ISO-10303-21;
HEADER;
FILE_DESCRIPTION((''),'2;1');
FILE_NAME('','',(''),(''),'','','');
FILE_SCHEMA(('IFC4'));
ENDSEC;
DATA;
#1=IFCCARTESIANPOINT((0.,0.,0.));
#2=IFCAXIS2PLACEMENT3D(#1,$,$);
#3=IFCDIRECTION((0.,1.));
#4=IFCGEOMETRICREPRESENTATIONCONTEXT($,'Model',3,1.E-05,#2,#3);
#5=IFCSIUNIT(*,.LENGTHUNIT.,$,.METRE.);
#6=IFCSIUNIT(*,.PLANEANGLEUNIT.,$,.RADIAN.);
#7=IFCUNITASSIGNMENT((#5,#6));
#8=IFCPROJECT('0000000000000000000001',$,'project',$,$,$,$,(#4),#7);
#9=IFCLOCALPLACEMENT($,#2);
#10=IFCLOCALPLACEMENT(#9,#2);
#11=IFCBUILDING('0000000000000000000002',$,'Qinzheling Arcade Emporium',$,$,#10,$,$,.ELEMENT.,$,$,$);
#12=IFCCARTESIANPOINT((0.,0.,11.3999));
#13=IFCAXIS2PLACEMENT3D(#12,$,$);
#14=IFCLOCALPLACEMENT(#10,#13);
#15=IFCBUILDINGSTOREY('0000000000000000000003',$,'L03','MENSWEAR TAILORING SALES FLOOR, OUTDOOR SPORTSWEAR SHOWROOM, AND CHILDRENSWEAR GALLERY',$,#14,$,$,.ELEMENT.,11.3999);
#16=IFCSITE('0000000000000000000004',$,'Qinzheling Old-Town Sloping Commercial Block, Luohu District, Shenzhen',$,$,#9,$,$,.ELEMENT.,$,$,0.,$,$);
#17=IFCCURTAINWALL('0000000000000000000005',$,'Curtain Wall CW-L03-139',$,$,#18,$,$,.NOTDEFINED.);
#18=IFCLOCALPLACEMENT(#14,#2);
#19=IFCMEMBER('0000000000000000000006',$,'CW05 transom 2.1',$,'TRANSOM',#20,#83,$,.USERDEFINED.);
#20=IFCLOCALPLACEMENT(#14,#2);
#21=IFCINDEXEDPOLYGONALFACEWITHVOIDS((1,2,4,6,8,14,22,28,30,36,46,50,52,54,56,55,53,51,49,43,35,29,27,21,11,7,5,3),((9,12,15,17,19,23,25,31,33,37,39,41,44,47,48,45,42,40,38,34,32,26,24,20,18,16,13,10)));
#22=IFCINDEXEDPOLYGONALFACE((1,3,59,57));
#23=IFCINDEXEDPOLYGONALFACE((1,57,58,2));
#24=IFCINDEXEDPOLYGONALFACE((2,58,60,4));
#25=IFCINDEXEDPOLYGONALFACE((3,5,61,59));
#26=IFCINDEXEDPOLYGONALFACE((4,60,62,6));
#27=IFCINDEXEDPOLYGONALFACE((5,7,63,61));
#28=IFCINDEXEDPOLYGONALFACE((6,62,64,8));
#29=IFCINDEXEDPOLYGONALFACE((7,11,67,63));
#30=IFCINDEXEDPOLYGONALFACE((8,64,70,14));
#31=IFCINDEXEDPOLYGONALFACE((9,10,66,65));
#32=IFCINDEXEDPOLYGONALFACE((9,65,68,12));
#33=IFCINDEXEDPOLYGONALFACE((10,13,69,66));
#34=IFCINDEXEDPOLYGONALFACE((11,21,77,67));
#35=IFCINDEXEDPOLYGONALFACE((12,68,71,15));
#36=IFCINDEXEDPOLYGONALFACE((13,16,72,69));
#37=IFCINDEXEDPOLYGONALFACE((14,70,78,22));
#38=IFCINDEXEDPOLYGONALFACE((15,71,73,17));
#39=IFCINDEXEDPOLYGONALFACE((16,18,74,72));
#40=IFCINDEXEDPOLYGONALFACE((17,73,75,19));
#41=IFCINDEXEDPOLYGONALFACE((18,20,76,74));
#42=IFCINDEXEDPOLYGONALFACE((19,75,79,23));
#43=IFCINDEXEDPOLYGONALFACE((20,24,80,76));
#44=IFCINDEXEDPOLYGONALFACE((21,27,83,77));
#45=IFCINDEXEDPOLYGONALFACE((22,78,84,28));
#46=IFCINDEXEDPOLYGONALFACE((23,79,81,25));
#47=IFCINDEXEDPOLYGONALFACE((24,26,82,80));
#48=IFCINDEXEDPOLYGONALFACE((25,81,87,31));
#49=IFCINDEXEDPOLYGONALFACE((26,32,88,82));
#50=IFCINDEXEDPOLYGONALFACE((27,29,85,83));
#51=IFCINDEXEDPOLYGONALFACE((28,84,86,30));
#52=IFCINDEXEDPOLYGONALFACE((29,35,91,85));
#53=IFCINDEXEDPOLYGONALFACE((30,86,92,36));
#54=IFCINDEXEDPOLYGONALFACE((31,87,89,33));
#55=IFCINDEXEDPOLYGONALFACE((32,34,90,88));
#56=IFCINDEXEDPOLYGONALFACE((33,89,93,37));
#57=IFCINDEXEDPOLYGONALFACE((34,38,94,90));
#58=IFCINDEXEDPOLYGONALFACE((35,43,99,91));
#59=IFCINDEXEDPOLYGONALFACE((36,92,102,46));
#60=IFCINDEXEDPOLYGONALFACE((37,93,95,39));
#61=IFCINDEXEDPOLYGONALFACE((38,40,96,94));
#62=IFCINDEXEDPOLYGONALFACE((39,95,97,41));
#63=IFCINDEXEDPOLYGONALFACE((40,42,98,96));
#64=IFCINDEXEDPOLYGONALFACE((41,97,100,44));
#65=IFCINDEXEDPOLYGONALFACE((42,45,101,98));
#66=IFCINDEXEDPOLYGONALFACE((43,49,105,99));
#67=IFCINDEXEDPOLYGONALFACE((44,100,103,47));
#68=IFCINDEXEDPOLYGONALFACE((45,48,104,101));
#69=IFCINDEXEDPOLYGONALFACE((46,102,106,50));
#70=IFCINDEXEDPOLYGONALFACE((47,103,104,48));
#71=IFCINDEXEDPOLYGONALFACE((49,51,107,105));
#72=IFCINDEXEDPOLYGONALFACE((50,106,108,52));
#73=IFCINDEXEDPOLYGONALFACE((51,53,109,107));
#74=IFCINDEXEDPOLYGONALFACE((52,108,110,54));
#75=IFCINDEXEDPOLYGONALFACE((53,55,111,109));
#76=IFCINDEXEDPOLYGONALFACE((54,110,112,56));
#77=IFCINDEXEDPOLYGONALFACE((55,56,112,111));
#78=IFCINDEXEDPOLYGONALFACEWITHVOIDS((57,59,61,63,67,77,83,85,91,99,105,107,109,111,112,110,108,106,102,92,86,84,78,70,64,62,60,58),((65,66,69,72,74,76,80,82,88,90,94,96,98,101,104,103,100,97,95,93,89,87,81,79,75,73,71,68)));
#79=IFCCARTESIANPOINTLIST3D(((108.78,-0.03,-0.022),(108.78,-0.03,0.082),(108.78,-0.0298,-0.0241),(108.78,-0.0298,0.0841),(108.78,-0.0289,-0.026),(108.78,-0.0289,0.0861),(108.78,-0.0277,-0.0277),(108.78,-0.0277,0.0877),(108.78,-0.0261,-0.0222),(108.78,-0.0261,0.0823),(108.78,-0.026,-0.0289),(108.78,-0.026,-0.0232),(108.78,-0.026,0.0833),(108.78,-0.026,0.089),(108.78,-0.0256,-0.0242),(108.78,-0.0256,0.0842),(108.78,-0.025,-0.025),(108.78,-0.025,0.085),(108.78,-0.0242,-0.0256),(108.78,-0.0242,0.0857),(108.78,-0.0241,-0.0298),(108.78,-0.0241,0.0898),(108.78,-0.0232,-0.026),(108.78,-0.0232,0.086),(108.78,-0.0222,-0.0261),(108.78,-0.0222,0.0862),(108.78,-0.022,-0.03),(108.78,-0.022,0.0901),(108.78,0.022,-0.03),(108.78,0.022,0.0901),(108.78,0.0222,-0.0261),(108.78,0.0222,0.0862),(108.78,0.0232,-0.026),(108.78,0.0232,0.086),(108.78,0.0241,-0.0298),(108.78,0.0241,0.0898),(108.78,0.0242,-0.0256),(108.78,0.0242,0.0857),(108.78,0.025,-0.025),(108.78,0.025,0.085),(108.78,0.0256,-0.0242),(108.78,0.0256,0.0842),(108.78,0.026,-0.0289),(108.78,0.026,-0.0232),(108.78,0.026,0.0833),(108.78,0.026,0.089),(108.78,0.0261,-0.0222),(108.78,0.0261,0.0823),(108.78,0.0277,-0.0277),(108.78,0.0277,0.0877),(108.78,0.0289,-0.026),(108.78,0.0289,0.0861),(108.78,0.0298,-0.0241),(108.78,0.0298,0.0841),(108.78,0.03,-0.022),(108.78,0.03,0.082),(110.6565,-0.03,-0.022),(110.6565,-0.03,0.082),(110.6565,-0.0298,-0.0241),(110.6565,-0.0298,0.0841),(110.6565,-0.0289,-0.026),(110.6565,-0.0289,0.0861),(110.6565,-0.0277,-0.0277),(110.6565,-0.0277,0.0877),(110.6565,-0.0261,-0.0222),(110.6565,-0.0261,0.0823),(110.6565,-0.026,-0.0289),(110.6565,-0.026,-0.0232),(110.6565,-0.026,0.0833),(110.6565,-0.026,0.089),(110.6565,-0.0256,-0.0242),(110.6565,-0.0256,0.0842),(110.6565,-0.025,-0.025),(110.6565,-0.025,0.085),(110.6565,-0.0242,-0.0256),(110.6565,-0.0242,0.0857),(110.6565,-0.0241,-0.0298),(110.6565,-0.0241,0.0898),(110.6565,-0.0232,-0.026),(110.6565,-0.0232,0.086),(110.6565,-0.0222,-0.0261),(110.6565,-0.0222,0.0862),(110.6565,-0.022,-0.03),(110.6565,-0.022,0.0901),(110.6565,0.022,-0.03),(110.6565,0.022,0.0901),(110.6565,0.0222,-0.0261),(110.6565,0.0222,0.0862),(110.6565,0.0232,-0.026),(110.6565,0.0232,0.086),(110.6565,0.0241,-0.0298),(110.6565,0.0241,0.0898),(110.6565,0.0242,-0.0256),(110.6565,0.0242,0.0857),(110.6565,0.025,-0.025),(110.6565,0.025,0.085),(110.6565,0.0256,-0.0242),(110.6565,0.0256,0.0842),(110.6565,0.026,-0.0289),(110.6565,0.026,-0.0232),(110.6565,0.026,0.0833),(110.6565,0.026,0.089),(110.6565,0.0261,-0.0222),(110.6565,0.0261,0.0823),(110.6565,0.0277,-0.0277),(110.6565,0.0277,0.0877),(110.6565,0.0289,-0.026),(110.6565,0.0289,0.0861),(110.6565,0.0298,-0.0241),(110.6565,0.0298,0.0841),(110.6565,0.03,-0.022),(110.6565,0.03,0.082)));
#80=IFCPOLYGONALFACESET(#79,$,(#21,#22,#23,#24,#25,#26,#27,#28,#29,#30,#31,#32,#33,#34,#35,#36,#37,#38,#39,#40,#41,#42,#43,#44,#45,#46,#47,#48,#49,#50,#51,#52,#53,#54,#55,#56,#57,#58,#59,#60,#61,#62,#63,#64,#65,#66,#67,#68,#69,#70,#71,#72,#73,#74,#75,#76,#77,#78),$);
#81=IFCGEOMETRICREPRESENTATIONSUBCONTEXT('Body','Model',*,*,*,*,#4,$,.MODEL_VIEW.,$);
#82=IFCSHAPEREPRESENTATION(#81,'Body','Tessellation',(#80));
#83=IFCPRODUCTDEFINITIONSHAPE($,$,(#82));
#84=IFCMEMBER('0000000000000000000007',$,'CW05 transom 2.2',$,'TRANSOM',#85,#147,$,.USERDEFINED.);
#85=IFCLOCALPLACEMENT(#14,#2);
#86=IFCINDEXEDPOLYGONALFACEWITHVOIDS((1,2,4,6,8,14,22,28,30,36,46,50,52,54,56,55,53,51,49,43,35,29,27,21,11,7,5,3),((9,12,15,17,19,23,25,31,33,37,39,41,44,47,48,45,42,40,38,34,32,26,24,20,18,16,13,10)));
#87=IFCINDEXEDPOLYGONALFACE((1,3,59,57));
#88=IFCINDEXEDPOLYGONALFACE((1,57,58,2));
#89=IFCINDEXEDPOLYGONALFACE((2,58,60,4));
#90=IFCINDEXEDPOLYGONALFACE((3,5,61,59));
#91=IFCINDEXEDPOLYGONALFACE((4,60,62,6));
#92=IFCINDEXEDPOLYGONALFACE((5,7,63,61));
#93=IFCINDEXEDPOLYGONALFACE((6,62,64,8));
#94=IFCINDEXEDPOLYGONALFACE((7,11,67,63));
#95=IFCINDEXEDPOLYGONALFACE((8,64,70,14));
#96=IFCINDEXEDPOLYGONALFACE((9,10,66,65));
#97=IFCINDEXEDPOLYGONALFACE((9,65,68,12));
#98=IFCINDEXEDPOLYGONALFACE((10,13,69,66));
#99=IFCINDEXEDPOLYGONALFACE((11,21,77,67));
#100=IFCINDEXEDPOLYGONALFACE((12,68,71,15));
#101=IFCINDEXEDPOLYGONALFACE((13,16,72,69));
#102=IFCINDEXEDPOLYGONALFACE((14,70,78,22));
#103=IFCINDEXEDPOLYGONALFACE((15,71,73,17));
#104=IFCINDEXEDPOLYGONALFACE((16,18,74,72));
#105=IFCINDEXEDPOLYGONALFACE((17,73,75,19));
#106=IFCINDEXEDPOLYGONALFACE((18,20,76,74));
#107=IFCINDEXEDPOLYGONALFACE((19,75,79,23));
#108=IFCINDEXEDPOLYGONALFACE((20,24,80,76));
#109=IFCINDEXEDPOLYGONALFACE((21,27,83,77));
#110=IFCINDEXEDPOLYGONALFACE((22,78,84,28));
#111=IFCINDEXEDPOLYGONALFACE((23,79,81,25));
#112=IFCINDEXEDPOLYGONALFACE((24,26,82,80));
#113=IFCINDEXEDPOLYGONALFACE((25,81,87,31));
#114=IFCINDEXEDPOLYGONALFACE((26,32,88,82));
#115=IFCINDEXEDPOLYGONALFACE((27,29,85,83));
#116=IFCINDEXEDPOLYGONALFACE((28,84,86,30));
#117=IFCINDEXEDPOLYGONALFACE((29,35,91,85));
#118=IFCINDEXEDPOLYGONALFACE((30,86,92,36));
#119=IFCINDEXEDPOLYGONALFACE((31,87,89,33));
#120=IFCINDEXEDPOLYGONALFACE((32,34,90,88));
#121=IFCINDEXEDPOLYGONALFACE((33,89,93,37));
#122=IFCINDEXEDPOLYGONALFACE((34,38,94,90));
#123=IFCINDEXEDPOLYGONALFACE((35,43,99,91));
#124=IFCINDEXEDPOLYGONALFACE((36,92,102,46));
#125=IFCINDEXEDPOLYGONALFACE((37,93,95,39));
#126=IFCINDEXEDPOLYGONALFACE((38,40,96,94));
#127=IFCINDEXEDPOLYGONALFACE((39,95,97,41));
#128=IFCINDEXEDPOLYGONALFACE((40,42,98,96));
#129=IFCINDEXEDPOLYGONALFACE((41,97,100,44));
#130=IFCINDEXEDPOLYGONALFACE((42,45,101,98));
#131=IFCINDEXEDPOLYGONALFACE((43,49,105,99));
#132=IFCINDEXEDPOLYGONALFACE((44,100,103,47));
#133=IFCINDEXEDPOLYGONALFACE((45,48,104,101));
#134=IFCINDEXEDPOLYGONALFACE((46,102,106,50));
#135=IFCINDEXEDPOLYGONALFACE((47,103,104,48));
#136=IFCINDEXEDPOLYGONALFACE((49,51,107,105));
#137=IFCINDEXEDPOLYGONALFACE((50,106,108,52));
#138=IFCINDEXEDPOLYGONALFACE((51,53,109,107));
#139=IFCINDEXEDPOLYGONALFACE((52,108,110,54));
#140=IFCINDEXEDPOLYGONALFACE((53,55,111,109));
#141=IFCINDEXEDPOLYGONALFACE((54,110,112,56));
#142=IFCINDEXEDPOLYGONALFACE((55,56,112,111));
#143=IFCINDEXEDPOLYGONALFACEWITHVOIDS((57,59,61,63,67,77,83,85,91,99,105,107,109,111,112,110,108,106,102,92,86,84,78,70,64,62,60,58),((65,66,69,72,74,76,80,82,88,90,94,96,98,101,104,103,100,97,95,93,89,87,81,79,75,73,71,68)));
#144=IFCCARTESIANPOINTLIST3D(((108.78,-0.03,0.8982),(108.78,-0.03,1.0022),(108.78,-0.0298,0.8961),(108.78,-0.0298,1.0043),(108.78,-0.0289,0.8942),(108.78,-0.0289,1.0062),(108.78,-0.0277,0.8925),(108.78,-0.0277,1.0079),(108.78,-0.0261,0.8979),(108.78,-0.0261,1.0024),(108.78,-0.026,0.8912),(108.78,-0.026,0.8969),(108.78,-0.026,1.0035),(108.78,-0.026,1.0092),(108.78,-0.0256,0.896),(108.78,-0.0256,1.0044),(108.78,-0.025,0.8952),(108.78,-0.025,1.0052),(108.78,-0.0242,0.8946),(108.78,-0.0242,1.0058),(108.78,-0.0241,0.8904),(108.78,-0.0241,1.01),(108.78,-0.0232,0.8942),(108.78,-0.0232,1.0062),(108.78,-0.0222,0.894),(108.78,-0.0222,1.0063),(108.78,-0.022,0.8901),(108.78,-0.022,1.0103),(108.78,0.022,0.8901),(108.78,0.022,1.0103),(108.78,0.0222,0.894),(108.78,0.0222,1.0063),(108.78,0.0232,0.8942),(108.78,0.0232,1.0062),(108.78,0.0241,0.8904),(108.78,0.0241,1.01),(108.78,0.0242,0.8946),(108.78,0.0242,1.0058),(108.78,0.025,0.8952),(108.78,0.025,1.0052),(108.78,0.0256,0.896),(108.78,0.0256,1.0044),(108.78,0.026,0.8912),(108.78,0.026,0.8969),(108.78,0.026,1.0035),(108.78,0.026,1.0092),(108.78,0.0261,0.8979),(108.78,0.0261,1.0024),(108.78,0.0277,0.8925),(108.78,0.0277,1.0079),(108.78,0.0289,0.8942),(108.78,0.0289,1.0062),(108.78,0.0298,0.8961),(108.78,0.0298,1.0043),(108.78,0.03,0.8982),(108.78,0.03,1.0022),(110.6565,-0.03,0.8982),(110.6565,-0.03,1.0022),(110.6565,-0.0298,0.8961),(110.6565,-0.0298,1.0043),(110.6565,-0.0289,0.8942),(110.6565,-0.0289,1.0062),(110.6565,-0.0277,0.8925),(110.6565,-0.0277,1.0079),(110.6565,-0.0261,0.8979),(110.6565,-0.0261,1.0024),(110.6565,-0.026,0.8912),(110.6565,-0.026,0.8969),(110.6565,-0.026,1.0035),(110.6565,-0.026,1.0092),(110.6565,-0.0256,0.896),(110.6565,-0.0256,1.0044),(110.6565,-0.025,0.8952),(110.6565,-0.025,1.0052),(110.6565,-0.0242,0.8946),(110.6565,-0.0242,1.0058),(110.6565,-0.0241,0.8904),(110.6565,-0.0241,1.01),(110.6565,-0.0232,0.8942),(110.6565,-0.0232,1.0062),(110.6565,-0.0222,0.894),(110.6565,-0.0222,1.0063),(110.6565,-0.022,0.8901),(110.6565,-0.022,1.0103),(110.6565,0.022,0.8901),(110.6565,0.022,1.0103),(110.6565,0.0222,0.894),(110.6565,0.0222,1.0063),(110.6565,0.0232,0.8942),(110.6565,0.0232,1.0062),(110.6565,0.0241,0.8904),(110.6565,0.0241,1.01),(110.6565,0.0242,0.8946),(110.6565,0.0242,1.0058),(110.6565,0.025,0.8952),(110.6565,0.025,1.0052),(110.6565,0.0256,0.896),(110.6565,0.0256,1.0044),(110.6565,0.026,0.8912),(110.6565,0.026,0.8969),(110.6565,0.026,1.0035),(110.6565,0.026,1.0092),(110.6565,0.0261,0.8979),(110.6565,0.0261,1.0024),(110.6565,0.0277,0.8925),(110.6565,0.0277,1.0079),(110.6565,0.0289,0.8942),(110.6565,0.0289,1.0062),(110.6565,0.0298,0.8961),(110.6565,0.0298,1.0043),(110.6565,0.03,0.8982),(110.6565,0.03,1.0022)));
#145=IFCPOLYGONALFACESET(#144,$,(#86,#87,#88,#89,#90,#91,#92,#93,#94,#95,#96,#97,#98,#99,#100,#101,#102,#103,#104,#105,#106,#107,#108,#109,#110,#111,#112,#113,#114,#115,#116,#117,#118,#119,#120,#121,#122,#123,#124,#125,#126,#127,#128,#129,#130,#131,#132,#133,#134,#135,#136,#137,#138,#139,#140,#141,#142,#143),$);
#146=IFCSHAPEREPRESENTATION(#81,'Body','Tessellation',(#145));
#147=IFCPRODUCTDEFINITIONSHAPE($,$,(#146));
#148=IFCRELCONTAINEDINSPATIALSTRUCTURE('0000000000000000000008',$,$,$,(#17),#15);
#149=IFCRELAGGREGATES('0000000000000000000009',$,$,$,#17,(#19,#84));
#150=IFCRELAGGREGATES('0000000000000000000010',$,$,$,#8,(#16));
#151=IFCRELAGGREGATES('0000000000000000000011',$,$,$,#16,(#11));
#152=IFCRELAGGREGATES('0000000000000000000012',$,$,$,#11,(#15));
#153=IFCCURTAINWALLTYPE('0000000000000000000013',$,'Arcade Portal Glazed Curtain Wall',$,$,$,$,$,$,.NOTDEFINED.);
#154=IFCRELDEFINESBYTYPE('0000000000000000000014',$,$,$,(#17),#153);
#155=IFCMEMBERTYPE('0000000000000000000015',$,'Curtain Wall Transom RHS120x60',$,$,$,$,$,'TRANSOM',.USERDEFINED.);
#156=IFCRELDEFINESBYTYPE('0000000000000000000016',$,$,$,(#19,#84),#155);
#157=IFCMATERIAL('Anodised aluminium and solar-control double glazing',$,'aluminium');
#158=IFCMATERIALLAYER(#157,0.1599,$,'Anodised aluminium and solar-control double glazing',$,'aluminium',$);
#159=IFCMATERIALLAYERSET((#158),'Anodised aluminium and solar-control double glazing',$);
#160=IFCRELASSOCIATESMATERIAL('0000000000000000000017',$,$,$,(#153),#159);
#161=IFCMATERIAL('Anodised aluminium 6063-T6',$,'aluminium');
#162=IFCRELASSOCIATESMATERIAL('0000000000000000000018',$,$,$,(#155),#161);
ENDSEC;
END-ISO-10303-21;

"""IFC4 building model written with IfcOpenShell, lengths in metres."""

from ifc_helpers import new_model, si_unit, direction, frame, origin, origin_2d, place, context, subcontext, project, spatial, hollow_rectangle, extrude, material, layer, layer_set, material_profile, profile_set, type_object, element, aggregate, save


model = new_model("IFC4")

# Units and contexts
model_context = context("Model", 3, precision=1e-05, world=origin(), true_north=direction((0.0, 1.0)))
body_context = subcontext(model_context, "Body", "Model", "MODEL_VIEW")
ifc_project = project(units=[si_unit("LENGTHUNIT", "METRE"), si_unit("PLANEANGLEUNIT", "RADIAN")], contexts=[model_context])

# Site, building, storey
site_placement = place(None, origin())
site = spatial("IfcSite", under=ifc_project, at=site_placement, Name="Qinzheling Old-Town Sloping Commercial Block, Luohu District, Shenzhen", CompositionType="ELEMENT", RefElevation=0.0)
building_placement = place(site_placement, origin())
building = spatial("IfcBuilding", under=site, at=building_placement, Name="Qinzheling Arcade Emporium", CompositionType="ELEMENT")
storey_placement = place(building_placement, frame((0.0, 0.0, 11.3999)))
storey = spatial("IfcBuildingStorey", under=building, at=storey_placement, Name="L03", Description="MENSWEAR TAILORING SALES FLOOR, OUTDOOR SPORTSWEAR SHOWROOM, AND CHILDRENSWEAR GALLERY", CompositionType="ELEMENT", Elevation=11.3999)

# Curtain wall, members
ifc_material_1 = material(Name="Anodised aluminium and solar-control double glazing", Category="aluminium")
ifc_layer_1 = layer(ifc_material_1, 0.1599, Name="Anodised aluminium and solar-control double glazing", Category="aluminium")
ifc_layer_set_1 = layer_set([ifc_layer_1], Name="Anodised aluminium and solar-control double glazing")
curtain_wall_type = type_object("IfcCurtainWallType", Name="Arcade Portal Glazed Curtain Wall", PredefinedType="NOTDEFINED", material=ifc_layer_set_1)
curtain_wall_placement = place(storey_placement, origin())
curtain_wall = element("IfcCurtainWall", 1, at=curtain_wall_placement, inside=storey, type_object=curtain_wall_type, Name="Curtain Wall CW-L03-139", PredefinedType="NOTDEFINED")
ifc_material_2 = material(Name="Anodised aluminium 6063-T6", Category="aluminium")
ifc_material_profile_1 = material_profile(ifc_material_2, hollow_rectangle(XDim=0.0601, YDim=0.1201, WallThickness=0.0039, InnerFilletRadius=0.0039, OuterFilletRadius=0.0081, at=origin_2d()), Name="RHS 120x60x4", Category="aluminium")
ifc_profile_set_1 = profile_set([ifc_material_profile_1], Name="Anodised aluminium 6063-T6")
member_type_1 = type_object("IfcMemberType", Name="Curtain Wall Transom RHS120x60", ElementType="TRANSOM", PredefinedType="USERDEFINED", material=ifc_profile_set_1)
member_1_placement = place(storey_placement, frame((110.6565, 0.0, 0.03), z_axis=(-1.0, 0.0, 0.0), x_axis=(0.0, -1.0, 0.0)))
member_1 = element("IfcMember", 2, at=member_1_placement, type_object=member_type_1, Name="CW05 transom 2.1", ObjectType="TRANSOM", PredefinedType="USERDEFINED", context=body_context, shape_type="SweptSolid", body=[
    extrude(hollow_rectangle(XDim=0.0601, YDim=0.1201, WallThickness=0.0039, InnerFilletRadius=0.0039, OuterFilletRadius=0.0081, at=origin_2d()), origin(), (0.0, 0.0, 1.0), 1.8765),
])
member_2_placement = place(storey_placement, frame((110.6565, 0.0, 0.9502), z_axis=(-1.0, 0.0, 0.0), x_axis=(0.0, -1.0, 0.0)))
member_2 = element("IfcMember", 3, at=member_2_placement, type_object=member_type_1, Name="CW05 transom 2.2", ObjectType="TRANSOM", PredefinedType="USERDEFINED", context=body_context, shape_type="SweptSolid", body=[
    extrude(hollow_rectangle(XDim=0.0601, YDim=0.1201, WallThickness=0.0039, InnerFilletRadius=0.0039, OuterFilletRadius=0.0081, at=origin_2d()), origin(), (0.0, 0.0, 1.0), 1.8765),
])

aggregate(curtain_wall, [member_1, member_2])

save(model, "model.ifc")
